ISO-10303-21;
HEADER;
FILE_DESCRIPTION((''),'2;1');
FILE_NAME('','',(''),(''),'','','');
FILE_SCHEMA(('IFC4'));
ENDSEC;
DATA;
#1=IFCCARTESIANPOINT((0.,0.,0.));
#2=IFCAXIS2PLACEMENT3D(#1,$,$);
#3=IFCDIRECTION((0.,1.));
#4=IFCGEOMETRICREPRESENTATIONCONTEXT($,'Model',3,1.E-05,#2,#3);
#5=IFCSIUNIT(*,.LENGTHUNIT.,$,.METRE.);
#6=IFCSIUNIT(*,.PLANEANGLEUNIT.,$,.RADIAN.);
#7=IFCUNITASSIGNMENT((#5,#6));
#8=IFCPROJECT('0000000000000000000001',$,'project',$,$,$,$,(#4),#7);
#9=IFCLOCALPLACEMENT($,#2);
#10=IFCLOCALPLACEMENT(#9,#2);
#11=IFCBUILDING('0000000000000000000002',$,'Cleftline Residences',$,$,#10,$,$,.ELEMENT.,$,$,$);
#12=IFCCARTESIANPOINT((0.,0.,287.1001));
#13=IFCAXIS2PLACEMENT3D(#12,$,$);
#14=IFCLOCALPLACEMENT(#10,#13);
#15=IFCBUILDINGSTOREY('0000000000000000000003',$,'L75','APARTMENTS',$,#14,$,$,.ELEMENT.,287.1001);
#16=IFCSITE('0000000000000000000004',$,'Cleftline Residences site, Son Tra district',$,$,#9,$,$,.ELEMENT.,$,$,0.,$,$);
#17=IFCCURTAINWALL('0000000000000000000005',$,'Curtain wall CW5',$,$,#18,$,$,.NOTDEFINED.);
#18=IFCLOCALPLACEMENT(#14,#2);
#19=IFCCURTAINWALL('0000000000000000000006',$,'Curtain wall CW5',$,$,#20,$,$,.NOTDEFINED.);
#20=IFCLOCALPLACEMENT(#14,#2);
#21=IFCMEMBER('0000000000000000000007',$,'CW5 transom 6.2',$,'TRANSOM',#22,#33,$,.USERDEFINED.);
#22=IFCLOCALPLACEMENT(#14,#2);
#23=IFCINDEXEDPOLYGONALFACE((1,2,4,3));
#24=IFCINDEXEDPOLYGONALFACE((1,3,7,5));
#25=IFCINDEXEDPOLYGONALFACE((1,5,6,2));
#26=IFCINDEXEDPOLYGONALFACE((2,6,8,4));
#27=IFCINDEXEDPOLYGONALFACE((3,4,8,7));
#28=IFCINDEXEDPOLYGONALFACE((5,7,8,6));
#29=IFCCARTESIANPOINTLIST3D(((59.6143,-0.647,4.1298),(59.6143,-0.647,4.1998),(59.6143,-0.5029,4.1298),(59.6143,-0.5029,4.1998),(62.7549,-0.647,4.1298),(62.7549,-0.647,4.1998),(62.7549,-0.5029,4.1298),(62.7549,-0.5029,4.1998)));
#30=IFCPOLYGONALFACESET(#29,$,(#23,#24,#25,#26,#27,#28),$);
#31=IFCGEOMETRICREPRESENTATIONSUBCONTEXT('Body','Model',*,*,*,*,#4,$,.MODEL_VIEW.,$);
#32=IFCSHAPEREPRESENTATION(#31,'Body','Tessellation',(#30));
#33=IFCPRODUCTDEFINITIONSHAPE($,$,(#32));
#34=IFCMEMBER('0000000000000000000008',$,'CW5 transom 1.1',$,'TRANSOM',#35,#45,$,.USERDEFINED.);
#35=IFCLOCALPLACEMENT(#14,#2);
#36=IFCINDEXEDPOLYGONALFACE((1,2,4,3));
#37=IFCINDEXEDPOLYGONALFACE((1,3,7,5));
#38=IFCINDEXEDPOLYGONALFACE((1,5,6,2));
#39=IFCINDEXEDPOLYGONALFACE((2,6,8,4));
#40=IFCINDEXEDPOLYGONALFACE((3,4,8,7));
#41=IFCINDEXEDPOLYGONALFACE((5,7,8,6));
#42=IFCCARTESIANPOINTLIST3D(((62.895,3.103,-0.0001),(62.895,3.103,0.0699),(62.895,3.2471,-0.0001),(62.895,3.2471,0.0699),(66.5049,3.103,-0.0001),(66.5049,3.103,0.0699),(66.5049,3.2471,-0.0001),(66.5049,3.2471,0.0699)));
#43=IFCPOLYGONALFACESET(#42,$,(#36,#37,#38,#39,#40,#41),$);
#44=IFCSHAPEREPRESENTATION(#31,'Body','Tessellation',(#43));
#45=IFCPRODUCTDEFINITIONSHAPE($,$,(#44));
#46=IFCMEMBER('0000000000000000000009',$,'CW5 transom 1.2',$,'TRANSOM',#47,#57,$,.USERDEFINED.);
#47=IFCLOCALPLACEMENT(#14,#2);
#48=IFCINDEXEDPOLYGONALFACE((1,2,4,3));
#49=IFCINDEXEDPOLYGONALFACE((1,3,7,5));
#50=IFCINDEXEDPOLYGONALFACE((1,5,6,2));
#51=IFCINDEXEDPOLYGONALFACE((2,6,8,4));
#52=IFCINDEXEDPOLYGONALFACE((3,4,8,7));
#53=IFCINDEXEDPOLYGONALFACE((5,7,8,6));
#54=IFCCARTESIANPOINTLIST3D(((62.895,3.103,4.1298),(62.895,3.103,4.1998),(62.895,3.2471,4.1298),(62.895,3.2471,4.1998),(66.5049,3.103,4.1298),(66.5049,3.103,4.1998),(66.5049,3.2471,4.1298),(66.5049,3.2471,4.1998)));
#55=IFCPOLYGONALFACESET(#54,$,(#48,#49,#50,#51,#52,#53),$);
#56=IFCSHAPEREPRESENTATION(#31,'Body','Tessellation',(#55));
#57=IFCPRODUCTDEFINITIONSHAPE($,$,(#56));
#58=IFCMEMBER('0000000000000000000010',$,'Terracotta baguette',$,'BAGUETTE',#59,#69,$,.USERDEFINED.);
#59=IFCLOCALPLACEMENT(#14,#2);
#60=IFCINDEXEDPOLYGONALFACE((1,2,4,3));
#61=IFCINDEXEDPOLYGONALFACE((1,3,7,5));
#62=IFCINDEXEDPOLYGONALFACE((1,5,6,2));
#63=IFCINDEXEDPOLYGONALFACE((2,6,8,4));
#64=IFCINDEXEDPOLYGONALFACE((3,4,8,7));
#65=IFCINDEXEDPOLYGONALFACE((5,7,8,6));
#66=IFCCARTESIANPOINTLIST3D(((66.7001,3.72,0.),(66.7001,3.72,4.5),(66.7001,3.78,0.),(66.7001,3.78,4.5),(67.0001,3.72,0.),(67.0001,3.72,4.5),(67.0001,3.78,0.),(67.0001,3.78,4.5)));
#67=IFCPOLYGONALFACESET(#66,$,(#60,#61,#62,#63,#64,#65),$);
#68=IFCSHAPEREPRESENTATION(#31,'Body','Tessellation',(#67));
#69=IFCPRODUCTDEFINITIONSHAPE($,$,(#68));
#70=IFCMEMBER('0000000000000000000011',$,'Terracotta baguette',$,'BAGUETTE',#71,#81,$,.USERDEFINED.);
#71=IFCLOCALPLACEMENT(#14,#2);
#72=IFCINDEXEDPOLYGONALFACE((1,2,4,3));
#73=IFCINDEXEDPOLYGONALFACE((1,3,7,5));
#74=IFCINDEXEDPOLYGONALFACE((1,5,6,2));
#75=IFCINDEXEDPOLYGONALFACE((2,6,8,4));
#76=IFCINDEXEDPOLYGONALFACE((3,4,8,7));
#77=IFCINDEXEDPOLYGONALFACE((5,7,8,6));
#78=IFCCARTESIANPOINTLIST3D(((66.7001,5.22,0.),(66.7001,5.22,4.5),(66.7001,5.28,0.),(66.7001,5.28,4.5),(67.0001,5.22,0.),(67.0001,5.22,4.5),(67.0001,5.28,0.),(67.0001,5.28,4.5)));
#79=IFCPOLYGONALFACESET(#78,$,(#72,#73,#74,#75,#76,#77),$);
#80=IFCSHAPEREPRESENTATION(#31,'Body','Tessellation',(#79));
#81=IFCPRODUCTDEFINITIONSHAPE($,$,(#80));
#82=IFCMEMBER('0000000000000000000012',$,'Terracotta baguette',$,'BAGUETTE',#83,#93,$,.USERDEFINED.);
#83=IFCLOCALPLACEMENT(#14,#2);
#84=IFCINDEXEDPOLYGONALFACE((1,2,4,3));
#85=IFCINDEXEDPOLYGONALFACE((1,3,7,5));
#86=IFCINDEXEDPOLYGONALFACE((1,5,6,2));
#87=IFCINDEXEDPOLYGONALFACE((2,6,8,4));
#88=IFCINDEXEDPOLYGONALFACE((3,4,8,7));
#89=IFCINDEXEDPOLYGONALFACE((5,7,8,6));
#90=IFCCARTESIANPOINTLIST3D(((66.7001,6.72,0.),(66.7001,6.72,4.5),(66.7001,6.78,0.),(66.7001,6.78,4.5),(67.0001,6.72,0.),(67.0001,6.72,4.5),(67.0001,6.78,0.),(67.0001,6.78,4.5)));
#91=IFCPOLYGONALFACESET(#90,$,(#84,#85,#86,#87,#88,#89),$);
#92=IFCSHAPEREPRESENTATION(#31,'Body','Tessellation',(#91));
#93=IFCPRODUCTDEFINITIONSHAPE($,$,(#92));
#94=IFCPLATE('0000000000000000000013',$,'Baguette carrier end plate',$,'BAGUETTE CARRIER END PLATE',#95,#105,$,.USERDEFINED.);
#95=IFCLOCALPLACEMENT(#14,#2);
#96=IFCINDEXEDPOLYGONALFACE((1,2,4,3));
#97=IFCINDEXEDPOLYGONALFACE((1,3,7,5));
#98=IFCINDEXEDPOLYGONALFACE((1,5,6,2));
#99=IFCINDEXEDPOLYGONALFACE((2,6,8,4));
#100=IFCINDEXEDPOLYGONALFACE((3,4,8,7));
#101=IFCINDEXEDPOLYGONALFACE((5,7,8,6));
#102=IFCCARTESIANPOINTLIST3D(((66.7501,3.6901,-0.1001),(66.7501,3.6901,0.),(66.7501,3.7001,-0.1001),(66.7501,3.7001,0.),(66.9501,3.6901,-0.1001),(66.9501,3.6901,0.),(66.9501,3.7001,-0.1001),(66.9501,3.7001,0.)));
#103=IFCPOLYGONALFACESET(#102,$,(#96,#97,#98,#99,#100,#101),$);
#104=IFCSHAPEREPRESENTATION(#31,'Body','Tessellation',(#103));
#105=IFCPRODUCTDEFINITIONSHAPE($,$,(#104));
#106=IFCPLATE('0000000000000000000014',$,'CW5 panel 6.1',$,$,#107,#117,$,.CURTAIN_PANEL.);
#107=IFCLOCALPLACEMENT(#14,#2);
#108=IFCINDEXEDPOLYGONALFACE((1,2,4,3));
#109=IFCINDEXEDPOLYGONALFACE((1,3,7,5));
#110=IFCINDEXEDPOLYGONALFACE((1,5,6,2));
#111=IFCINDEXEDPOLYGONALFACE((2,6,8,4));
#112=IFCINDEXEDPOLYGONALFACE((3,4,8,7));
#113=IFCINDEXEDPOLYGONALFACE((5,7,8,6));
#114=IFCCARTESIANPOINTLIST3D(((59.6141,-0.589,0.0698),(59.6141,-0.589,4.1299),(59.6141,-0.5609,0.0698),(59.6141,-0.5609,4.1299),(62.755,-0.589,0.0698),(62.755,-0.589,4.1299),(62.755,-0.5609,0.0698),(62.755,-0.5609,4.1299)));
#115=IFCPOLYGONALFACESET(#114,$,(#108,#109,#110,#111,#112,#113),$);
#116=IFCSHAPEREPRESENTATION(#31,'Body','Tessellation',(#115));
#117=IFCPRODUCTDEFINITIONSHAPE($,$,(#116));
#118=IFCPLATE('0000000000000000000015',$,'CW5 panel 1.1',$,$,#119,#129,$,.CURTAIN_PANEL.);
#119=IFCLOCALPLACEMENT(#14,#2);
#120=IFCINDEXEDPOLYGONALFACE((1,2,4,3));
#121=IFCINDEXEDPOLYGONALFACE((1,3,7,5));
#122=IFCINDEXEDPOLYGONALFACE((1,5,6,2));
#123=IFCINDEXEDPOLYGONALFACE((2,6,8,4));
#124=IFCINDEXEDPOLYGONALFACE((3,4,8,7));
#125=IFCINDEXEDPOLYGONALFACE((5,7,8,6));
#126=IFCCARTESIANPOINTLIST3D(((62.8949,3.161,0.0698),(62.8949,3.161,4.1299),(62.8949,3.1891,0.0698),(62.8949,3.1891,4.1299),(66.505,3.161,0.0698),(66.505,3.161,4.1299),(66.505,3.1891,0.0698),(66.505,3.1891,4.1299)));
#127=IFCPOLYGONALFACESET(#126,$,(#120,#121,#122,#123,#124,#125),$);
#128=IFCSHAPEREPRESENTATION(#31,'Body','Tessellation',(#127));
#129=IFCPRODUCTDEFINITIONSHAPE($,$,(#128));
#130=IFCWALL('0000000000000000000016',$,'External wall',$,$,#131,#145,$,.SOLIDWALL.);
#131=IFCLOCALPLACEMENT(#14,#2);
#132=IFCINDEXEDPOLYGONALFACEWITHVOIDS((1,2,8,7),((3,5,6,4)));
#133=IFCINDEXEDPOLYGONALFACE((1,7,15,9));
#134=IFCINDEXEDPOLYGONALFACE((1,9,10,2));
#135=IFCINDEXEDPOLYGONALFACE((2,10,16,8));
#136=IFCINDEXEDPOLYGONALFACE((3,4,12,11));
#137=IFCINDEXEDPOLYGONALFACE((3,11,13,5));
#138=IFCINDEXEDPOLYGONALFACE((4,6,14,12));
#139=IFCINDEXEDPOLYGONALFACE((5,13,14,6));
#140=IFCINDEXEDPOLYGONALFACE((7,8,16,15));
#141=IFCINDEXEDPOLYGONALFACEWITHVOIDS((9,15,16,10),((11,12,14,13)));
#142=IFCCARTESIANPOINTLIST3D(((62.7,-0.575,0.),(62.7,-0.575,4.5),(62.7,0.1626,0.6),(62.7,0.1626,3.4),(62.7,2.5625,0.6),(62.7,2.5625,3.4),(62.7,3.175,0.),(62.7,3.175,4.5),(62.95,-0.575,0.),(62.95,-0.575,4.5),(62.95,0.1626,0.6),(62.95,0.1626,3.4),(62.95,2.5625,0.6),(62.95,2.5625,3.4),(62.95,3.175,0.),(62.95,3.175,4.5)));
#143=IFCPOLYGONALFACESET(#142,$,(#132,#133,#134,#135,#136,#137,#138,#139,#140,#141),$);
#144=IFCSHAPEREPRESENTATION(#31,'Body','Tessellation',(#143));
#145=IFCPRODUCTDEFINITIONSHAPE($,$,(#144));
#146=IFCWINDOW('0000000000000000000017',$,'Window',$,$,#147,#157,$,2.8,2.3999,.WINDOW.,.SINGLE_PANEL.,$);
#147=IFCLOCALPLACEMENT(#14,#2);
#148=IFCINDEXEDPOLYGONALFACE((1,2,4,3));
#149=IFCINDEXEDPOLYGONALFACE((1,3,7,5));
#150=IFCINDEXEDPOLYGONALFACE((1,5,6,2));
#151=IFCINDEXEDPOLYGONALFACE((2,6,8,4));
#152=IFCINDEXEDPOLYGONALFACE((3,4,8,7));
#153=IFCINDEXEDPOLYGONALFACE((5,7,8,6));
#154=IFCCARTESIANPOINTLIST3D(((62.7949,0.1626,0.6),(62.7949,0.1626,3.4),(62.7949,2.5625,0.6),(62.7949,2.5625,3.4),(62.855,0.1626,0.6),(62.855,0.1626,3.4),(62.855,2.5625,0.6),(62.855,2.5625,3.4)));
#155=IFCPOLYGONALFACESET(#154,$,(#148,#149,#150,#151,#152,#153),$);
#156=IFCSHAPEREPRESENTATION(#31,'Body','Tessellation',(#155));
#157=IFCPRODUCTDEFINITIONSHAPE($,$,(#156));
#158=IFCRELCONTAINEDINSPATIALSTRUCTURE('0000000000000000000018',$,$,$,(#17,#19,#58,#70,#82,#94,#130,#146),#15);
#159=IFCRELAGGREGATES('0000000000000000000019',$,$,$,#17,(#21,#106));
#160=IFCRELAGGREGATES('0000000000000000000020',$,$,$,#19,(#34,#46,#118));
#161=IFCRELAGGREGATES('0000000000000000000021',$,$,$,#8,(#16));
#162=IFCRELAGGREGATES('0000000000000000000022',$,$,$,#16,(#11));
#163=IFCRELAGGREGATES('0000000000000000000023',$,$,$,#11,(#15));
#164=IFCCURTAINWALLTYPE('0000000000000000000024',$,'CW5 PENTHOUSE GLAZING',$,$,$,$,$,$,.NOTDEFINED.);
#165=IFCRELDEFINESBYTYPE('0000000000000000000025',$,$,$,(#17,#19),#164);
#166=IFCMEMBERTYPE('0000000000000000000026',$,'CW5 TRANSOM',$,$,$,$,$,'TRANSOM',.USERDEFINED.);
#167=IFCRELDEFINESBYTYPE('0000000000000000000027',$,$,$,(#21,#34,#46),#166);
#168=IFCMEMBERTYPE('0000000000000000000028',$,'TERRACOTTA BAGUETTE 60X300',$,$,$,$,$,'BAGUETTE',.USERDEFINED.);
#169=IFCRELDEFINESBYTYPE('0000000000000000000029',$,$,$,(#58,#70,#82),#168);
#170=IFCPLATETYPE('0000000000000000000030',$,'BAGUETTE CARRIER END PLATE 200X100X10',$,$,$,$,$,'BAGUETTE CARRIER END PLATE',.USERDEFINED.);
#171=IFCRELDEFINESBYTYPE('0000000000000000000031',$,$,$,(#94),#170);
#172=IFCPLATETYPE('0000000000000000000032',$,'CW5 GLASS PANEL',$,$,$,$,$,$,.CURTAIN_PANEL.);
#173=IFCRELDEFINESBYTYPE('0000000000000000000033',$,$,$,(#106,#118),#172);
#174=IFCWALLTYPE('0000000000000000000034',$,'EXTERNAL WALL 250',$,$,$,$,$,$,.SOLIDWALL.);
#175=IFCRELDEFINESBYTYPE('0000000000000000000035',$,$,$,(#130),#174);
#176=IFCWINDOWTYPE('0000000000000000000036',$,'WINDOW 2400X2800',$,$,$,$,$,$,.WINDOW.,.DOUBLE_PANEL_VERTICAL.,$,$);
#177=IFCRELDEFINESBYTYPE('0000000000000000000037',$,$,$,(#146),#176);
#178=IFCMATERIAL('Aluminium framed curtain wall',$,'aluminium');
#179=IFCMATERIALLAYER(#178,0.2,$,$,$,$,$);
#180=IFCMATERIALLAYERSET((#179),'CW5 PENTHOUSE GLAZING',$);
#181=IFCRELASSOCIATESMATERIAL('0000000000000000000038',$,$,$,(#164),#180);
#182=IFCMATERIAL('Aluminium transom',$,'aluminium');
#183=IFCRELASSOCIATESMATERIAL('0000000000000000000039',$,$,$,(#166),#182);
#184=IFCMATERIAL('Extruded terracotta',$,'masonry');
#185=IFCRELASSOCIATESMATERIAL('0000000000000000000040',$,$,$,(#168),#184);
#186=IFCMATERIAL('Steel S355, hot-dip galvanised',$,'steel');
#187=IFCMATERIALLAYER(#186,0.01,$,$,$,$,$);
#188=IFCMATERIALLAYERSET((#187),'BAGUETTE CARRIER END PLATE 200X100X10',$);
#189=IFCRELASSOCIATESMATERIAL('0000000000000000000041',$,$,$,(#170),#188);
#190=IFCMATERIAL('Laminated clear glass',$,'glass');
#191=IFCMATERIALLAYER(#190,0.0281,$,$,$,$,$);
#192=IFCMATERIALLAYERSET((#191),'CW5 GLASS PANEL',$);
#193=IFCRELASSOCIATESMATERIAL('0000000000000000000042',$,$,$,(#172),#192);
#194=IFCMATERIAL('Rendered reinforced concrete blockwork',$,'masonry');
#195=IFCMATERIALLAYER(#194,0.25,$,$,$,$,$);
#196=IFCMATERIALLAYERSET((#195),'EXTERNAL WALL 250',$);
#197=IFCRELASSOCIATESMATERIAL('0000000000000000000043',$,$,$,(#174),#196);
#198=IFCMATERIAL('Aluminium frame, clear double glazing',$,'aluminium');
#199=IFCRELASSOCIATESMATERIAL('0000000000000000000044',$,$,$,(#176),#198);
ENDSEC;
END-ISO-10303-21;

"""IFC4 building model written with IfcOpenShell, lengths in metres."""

from ifc_helpers import new_model, si_unit, direction, frame, frame_2d, origin, origin_2d, place, context, subcontext, project, spatial, rectangle, extrude, material, layer, layer_set, material_profile, profile_set, type_object, element, fill, aggregate, save


model = new_model("IFC4")

# Units and contexts
model_context = context("Model", 3, precision=1e-05, world=origin(), true_north=direction((0.0, 1.0)))
body_context = subcontext(model_context, "Body", "Model", "MODEL_VIEW")
ifc_project = project(units=[si_unit("LENGTHUNIT", "METRE"), si_unit("PLANEANGLEUNIT", "RADIAN")], contexts=[model_context])

# Site, building, storey
site_placement = place(None, origin())
site = spatial("IfcSite", under=ifc_project, at=site_placement, Name="Cleftline Residences site, Son Tra district", CompositionType="ELEMENT", RefElevation=0.0)
building_placement = place(site_placement, origin())
building = spatial("IfcBuilding", under=site, at=building_placement, Name="Cleftline Residences", CompositionType="ELEMENT")
storey_placement = place(building_placement, frame((0.0, 0.0, 287.1001)))
storey = spatial("IfcBuildingStorey", under=building, at=storey_placement, Name="L75", Description="APARTMENTS", CompositionType="ELEMENT", Elevation=287.1001)

# Curtain wall
ifc_material_1 = material(Name="Aluminium framed curtain wall", Category="aluminium")
ifc_layer_1 = layer(ifc_material_1, 0.2)
ifc_layer_set_1 = layer_set([ifc_layer_1], Name="CW5 PENTHOUSE GLAZING")
curtain_wall_type = type_object("IfcCurtainWallType", Name="CW5 PENTHOUSE GLAZING", PredefinedType="NOTDEFINED", material=ifc_layer_set_1)
curtain_wall_1_placement = place(storey_placement, origin())
curtain_wall_1 = element("IfcCurtainWall", 1, at=curtain_wall_1_placement, inside=storey, type_object=curtain_wall_type, Name="Curtain wall CW5", PredefinedType="NOTDEFINED")

# Curtain wall
curtain_wall_2_placement = place(storey_placement, origin())
curtain_wall_2 = element("IfcCurtainWall", 2, at=curtain_wall_2_placement, inside=storey, type_object=curtain_wall_type, Name="Curtain wall CW5", PredefinedType="NOTDEFINED")

# Members
ifc_material_2 = material(Name="Aluminium transom", Category="aluminium")
ifc_material_profile_1 = material_profile(ifc_material_2, rectangle(XDim=0.144, YDim=0.0701, at=origin_2d()))
ifc_profile_set_1 = profile_set([ifc_material_profile_1], Name="Aluminium transom")
member_type_1 = type_object("IfcMemberType", Name="CW5 TRANSOM", ElementType="TRANSOM", PredefinedType="USERDEFINED", material=ifc_profile_set_1)
member_1_placement = place(storey_placement, frame((59.6143, -0.575, 4.1648), z_axis=(1.0, 0.0, 0.0), x_axis=(0.0, 1.0, 0.0)))
member_1 = element("IfcMember", 3, at=member_1_placement, type_object=member_type_1, Name="CW5 transom 6.2", ObjectType="TRANSOM", PredefinedType="USERDEFINED", context=body_context, shape_type="SweptSolid", body=[
    extrude(rectangle(XDim=0.144, YDim=0.0701, at=origin_2d()), origin(), (0.0, 0.0, 1.0), 3.1406),
])
member_2_placement = place(storey_placement, frame((62.895, 3.175, 0.0349), z_axis=(1.0, 0.0, 0.0), x_axis=(0.0, 1.0, 0.0)))
member_2 = element("IfcMember", 4, at=member_2_placement, type_object=member_type_1, Name="CW5 transom 1.1", ObjectType="TRANSOM", PredefinedType="USERDEFINED", context=body_context, shape_type="SweptSolid", body=[
    extrude(rectangle(XDim=0.144, YDim=0.0701, at=origin_2d()), origin(), (0.0, 0.0, 1.0), 3.6099),
])
member_3_placement = place(storey_placement, frame((62.895, 3.175, 4.1648), z_axis=(1.0, 0.0, 0.0), x_axis=(0.0, 1.0, 0.0)))
member_3 = element("IfcMember", 5, at=member_3_placement, type_object=member_type_1, Name="CW5 transom 1.2", ObjectType="TRANSOM", PredefinedType="USERDEFINED", context=body_context, shape_type="SweptSolid", body=[
    extrude(rectangle(XDim=0.144, YDim=0.0701, at=origin_2d()), origin(), (0.0, 0.0, 1.0), 3.6099),
])

# Members
ifc_material_3 = material(Name="Extruded terracotta", Category="masonry")
ifc_material_profile_2 = material_profile(ifc_material_3, rectangle(XDim=0.0601, YDim=0.3, at=origin_2d()))
ifc_profile_set_2 = profile_set([ifc_material_profile_2], Name="Extruded terracotta")
member_type_2 = type_object("IfcMemberType", Name="TERRACOTTA BAGUETTE 60X300", ElementType="BAGUETTE", PredefinedType="USERDEFINED", material=ifc_profile_set_2)
for number, where, z_axis, x_axis, name in (
    (6, (66.8501, 3.75, 0.0), (0.0, 0.0, 1.0), (0.0, 1.0, 0.0), "Terracotta baguette"),
    (7, (66.8501, 5.25, 0.0), (0.0, 0.0, 1.0), (0.0, 1.0, 0.0), "Terracotta baguette"),
    (8, (66.8501, 6.75, 0.0), (0.0, 0.0, 1.0), (0.0, 1.0, 0.0), "Terracotta baguette"),
):
    element("IfcMember", number, at=place(storey_placement, frame(where, z_axis=z_axis, x_axis=x_axis)), inside=storey, type_object=member_type_2, Name=name, ObjectType="BAGUETTE", PredefinedType="USERDEFINED", context=body_context, shape_type="SweptSolid", body=[
        extrude(rectangle(XDim=0.0601, YDim=0.3, at=origin_2d()), origin(), (0.0, 0.0, 1.0), 4.5),
    ])

# Plates
ifc_material_4 = material(Name="Steel S355, hot-dip galvanised", Category="steel")
ifc_layer_2 = layer(ifc_material_4, 0.01)
ifc_layer_set_2 = layer_set([ifc_layer_2], Name="BAGUETTE CARRIER END PLATE 200X100X10")
plate_type_1 = type_object("IfcPlateType", Name="BAGUETTE CARRIER END PLATE 200X100X10", ElementType="BAGUETTE CARRIER END PLATE", PredefinedType="USERDEFINED", material=ifc_layer_set_2)
plate_1_placement = place(storey_placement, frame((66.8501, 3.6951, -0.1001), z_axis=(0.0, 0.0, 1.0), x_axis=(1.0, 0.0, 0.0)))
element("IfcPlate", 9, at=plate_1_placement, inside=storey, type_object=plate_type_1, Name="Baguette carrier end plate", ObjectType="BAGUETTE CARRIER END PLATE", PredefinedType="USERDEFINED", context=body_context, shape_type="SweptSolid", body=[
    extrude(rectangle(XDim=0.2, YDim=0.01, at=origin_2d()), origin(), (0.0, 0.0, 1.0), 0.1001),
])
ifc_material_5 = material(Name="Laminated clear glass", Category="glass")
ifc_layer_3 = layer(ifc_material_5, 0.0281)
ifc_layer_set_3 = layer_set([ifc_layer_3], Name="CW5 GLASS PANEL")
plate_type_2 = type_object("IfcPlateType", Name="CW5 GLASS PANEL", PredefinedType="CURTAIN_PANEL", material=ifc_layer_set_3)
plate_2_placement = place(storey_placement, frame((61.1846, -0.575, 0.0698), z_axis=(0.0, 0.0, 1.0), x_axis=(1.0, 0.0, 0.0)))
plate_2 = element("IfcPlate", 10, at=plate_2_placement, type_object=plate_type_2, Name="CW5 panel 6.1", PredefinedType="CURTAIN_PANEL", context=body_context, shape_type="SweptSolid", body=[
    extrude(rectangle(XDim=3.1409, YDim=0.0281, at=origin_2d()), origin(), (0.0, 0.0, 1.0), 4.0601),
])
aggregate(curtain_wall_1, [member_1, plate_2])
plate_3_placement = place(storey_placement, frame((64.7, 3.175, 0.0698), z_axis=(0.0, 0.0, 1.0), x_axis=(1.0, 0.0, 0.0)))
plate_3 = element("IfcPlate", 11, at=plate_3_placement, type_object=plate_type_2, Name="CW5 panel 1.1", PredefinedType="CURTAIN_PANEL", context=body_context, shape_type="SweptSolid", body=[
    extrude(rectangle(XDim=3.6101, YDim=0.0281, at=origin_2d()), origin(), (0.0, 0.0, 1.0), 4.0601),
])
aggregate(curtain_wall_2, [member_2, member_3, plate_3])

# Wall, opening, window
ifc_material_6 = material(Name="Rendered reinforced concrete blockwork", Category="masonry")
ifc_layer_4 = layer(ifc_material_6, 0.25)
ifc_layer_set_4 = layer_set([ifc_layer_4], Name="EXTERNAL WALL 250")
wall_type = type_object("IfcWallType", Name="EXTERNAL WALL 250", PredefinedType="SOLIDWALL", material=ifc_layer_set_4)
wall_1_placement = place(storey_placement, frame((62.825, -0.575, 0.0), z_axis=(0.0, 0.0, 1.0), x_axis=(0.0, 1.0, 0.0)))
wall_1 = element("IfcWall", 12, at=wall_1_placement, inside=storey, type_object=wall_type, Name="External wall", PredefinedType="SOLIDWALL", context=body_context, shape_type="SweptSolid", body=[
    extrude(rectangle(XDim=3.75, YDim=0.25, at=frame_2d((1.875, 0.0))), origin(), (0.0, 0.0, 1.0), 4.5),
])
opening_1_placement = place(wall_1_placement, frame((0.7375, 0.0, 0.6001)))
opening_1 = element("IfcOpeningElement", 13, at=opening_1_placement, cuts=wall_1, PredefinedType="OPENING", context=body_context, shape_type="SweptSolid", body=[
    extrude(rectangle(XDim=2.3999, YDim=2.8, at=frame_2d((1.2, 1.3999))), frame((0.0, 0.135, 0.0), z_axis=(0.0, -1.0, 0.0), x_axis=(1.0, 0.0, 0.0)), (0.0, 0.0, 1.0), 0.27),
])
ifc_material_7 = material(Name="Aluminium frame, clear double glazing", Category="aluminium")
window_type_1 = type_object("IfcWindowType", Name="WINDOW 2400X2800", PartitioningType="DOUBLE_PANEL_VERTICAL", PredefinedType="WINDOW", material=ifc_material_7)
window_1_placement = place(opening_1_placement, origin())
window_1 = element("IfcWindow", 14, at=window_1_placement, inside=storey, type_object=window_type_1, Name="Window", OverallHeight=2.8, OverallWidth=2.3999, PartitioningType="SINGLE_PANEL", PredefinedType="WINDOW", context=body_context, shape_type="SweptSolid", body=[
    extrude(rectangle(XDim=2.3999, YDim=2.8, at=frame_2d((1.2, 1.3999))), frame((0.0, 0.03, 0.0), z_axis=(0.0, -1.0, 0.0), x_axis=(1.0, 0.0, 0.0)), (0.0, 0.0, 1.0), 0.0601),
])
fill(opening_1, window_1)

save(model, "model.ifc")
